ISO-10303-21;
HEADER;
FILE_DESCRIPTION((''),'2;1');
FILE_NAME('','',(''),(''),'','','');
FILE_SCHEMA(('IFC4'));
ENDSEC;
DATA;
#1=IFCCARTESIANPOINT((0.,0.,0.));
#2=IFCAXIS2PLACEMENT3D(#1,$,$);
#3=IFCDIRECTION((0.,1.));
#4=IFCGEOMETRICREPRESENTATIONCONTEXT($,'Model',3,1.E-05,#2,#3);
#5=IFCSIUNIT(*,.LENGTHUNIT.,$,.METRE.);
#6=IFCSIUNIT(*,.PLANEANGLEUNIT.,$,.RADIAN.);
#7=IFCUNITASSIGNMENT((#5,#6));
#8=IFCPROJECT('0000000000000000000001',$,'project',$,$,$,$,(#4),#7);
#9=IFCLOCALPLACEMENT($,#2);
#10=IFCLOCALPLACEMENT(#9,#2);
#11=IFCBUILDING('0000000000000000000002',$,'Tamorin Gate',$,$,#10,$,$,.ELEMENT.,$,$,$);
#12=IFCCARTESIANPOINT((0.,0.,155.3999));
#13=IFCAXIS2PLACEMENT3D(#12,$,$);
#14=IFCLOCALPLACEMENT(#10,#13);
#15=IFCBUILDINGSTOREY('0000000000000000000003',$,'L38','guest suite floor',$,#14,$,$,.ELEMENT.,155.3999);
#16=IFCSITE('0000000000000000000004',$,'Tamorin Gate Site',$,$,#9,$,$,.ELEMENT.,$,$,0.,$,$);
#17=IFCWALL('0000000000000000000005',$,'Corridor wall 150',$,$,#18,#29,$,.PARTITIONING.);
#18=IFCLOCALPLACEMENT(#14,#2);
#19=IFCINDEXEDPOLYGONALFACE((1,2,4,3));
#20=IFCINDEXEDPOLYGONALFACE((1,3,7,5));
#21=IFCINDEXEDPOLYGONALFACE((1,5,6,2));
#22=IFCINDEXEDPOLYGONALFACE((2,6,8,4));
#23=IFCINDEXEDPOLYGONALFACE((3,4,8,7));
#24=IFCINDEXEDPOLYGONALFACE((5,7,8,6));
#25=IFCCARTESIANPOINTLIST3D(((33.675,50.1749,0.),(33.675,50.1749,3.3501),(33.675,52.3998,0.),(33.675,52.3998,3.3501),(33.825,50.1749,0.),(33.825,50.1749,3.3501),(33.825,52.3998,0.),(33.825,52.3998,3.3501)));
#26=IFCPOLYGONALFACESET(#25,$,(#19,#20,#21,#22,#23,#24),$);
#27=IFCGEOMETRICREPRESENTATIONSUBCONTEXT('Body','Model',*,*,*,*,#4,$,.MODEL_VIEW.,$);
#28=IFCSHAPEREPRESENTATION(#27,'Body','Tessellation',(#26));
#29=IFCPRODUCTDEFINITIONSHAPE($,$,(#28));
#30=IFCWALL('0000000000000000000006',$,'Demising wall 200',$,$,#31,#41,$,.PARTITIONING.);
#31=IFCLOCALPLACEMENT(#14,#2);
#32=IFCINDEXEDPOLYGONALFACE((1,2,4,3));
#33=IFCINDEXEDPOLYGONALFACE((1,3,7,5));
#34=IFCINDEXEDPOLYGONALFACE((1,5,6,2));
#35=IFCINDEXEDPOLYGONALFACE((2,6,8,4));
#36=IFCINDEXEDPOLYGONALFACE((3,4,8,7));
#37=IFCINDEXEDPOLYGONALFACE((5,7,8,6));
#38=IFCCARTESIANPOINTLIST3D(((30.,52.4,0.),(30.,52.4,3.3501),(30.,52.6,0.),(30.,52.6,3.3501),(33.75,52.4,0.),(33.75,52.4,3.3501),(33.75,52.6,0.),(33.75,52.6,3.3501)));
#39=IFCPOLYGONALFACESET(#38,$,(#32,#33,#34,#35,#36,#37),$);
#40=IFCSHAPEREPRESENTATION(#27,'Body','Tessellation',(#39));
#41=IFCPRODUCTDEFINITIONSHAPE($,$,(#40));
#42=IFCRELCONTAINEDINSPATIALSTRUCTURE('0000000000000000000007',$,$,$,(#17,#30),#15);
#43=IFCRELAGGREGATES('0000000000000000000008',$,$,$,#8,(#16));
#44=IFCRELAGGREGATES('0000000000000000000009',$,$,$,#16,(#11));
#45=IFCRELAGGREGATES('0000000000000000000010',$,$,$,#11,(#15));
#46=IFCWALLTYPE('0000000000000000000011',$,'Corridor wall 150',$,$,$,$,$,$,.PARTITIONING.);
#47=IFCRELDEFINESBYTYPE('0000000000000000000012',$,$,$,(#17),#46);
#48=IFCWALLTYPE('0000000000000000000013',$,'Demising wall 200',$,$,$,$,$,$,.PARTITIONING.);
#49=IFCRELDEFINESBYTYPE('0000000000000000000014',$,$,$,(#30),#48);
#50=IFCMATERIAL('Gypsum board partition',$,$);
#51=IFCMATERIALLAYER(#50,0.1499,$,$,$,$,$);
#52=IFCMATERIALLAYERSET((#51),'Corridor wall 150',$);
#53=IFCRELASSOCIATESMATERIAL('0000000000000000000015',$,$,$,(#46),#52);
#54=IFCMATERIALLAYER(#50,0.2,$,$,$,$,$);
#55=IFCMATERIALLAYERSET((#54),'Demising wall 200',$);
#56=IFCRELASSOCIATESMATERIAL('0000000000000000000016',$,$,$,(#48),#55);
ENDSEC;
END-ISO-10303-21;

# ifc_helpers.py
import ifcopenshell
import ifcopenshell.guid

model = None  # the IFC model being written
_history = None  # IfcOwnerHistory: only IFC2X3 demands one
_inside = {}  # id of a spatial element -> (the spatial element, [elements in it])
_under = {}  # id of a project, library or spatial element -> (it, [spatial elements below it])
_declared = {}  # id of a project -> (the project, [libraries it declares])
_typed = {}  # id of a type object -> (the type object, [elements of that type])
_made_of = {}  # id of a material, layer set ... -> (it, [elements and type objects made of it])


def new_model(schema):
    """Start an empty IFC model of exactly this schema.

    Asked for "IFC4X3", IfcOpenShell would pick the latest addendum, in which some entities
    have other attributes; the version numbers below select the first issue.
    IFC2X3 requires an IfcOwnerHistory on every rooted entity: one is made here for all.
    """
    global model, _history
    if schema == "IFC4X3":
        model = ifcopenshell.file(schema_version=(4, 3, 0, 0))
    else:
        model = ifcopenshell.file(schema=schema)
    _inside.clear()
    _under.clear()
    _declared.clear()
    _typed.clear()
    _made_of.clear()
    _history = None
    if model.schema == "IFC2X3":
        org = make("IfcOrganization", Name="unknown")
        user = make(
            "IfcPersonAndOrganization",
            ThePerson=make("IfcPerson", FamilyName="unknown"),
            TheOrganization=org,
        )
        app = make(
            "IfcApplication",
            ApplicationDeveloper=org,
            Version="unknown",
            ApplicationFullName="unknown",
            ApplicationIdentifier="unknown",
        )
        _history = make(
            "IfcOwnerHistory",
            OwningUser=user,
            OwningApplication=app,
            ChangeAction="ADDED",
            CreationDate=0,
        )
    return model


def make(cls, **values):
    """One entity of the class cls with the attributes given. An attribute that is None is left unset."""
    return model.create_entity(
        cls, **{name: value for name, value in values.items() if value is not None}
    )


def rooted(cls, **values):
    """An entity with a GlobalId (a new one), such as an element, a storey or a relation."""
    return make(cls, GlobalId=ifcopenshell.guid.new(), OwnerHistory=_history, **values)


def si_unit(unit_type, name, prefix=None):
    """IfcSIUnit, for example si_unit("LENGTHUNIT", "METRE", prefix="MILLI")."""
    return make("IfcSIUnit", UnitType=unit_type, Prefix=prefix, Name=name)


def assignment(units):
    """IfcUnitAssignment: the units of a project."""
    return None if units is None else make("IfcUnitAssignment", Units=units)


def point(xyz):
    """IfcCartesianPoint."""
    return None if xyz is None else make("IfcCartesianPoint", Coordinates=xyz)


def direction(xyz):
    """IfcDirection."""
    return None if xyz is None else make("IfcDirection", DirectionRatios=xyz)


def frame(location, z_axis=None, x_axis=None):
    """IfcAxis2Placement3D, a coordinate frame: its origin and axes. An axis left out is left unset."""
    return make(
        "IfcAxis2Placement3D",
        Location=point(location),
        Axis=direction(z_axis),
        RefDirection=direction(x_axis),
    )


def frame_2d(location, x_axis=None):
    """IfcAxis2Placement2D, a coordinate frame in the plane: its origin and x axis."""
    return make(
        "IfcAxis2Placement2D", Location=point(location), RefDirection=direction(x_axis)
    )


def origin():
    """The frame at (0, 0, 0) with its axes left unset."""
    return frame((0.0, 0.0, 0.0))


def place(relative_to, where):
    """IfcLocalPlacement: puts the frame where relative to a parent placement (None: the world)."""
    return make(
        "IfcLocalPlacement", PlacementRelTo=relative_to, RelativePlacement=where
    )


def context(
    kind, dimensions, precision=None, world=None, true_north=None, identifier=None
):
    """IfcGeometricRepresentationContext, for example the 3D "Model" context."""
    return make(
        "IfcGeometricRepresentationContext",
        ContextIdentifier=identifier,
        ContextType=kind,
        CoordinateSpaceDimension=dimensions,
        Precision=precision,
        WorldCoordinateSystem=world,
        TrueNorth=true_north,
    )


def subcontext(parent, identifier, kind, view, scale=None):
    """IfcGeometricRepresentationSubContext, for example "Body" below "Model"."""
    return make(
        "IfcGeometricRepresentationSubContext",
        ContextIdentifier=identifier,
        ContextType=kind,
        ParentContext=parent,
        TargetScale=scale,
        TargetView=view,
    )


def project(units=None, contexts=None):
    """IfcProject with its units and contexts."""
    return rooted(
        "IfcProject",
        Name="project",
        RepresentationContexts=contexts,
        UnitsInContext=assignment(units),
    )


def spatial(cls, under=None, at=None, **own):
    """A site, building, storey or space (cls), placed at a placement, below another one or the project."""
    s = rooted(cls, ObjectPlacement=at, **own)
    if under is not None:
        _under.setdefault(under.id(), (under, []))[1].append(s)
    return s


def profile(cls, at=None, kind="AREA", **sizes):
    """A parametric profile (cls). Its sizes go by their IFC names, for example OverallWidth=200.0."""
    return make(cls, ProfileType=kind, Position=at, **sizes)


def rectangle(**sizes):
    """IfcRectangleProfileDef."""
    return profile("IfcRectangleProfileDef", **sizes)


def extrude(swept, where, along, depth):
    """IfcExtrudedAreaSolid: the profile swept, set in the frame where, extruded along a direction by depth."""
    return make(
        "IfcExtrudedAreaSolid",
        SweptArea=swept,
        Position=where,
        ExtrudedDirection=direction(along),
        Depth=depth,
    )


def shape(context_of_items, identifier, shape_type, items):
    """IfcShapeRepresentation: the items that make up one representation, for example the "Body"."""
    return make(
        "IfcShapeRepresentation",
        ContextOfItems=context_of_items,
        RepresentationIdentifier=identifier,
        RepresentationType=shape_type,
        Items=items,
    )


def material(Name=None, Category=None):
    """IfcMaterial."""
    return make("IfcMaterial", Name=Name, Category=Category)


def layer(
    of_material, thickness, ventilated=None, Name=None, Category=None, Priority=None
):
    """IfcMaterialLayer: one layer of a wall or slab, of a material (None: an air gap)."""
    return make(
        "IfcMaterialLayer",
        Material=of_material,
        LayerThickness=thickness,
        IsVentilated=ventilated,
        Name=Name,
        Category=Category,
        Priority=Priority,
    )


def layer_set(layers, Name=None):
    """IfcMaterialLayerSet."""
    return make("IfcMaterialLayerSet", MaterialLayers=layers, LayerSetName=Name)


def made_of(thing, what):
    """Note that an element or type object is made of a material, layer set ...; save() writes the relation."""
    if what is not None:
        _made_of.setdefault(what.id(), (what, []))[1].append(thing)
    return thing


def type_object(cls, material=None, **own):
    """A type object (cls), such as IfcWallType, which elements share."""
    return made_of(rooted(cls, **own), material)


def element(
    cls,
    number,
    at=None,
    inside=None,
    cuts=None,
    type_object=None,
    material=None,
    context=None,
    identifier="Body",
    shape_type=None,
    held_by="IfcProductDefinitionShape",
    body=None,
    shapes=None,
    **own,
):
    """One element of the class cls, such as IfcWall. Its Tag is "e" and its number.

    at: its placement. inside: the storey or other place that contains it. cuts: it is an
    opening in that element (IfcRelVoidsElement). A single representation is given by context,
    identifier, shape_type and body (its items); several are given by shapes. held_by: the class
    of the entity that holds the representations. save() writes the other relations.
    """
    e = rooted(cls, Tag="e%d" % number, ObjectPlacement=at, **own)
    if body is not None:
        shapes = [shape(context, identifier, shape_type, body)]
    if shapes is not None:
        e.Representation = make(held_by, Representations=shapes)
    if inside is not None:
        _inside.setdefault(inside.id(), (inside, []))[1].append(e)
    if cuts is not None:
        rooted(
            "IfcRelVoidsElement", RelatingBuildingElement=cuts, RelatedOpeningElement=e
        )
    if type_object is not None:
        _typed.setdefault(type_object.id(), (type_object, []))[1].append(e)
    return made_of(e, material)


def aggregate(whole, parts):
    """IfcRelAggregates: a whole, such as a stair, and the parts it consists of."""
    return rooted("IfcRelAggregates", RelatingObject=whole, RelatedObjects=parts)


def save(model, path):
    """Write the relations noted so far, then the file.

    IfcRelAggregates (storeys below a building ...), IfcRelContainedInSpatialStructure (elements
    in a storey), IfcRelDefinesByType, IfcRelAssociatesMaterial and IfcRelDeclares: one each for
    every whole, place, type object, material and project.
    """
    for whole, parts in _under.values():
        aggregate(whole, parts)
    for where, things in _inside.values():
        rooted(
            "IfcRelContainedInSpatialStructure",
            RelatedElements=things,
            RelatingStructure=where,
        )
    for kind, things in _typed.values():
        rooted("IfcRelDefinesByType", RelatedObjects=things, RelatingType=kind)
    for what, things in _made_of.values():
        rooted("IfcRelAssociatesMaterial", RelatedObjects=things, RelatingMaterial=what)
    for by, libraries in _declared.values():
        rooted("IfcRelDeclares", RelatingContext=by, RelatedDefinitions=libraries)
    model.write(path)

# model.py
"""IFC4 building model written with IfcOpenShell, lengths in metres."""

from ifc_helpers import new_model, si_unit, direction, frame, frame_2d, origin, place, context, subcontext, project, spatial, rectangle, extrude, material, layer, layer_set, type_object, element, save


model = new_model("IFC4")

# Units and contexts
model_context = context("Model", 3, precision=1e-05, world=origin(), true_north=direction((0.0, 1.0)))
body_context = subcontext(model_context, "Body", "Model", "MODEL_VIEW")
ifc_project = project(units=[si_unit("LENGTHUNIT", "METRE"), si_unit("PLANEANGLEUNIT", "RADIAN")], contexts=[model_context])

# Site, building, storey
site_placement = place(None, origin())
site = spatial("IfcSite", under=ifc_project, at=site_placement, Name="Tamorin Gate Site", CompositionType="ELEMENT", RefElevation=0.0)
building_placement = place(site_placement, origin())
building = spatial("IfcBuilding", under=site, at=building_placement, Name="Tamorin Gate", CompositionType="ELEMENT")
storey_placement = place(building_placement, frame((0.0, 0.0, 155.3999)))
storey = spatial("IfcBuildingStorey", under=building, at=storey_placement, Name="L38", Description="guest suite floor", CompositionType="ELEMENT", Elevation=155.3999)

# Shared definitions
ifc_material_1 = material(Name="Gypsum board partition")
ifc_layer_1 = layer(ifc_material_1, 0.1499)
ifc_layer_set_1 = layer_set([ifc_layer_1], Name="Corridor wall 150")
wall_type_1 = type_object("IfcWallType", Name="Corridor wall 150", PredefinedType="PARTITIONING", material=ifc_layer_set_1)

# Walls
wall_1_placement = place(storey_placement, frame((33.75, 50.175, 0.0), z_axis=(0.0, 0.0, 1.0), x_axis=(0.0, 1.0, 0.0)))
element("IfcWall", 1, at=wall_1_placement, inside=storey, type_object=wall_type_1, Name="Corridor wall 150", PredefinedType="PARTITIONING", context=body_context, shape_type="SweptSolid", body=[
    extrude(rectangle(XDim=2.2249, YDim=0.1499, at=frame_2d((1.1123, 0.0))), origin(), (0.0, 0.0, 1.0), 3.3501),
])
ifc_layer_2 = layer(ifc_material_1, 0.2)
ifc_layer_set_2 = layer_set([ifc_layer_2], Name="Demising wall 200")
wall_type_2 = type_object("IfcWallType", Name="Demising wall 200", PredefinedType="PARTITIONING", material=ifc_layer_set_2)
wall_2_placement = place(storey_placement, frame((30.0, 52.5, 0.0), z_axis=(0.0, 0.0, 1.0), x_axis=(1.0, 0.0, 0.0)))
element("IfcWall", 2, at=wall_2_placement, inside=storey, type_object=wall_type_2, Name="Demising wall 200", PredefinedType="PARTITIONING", context=body_context, shape_type="SweptSolid", body=[
    extrude(rectangle(XDim=3.75, YDim=0.2, at=frame_2d((1.875, 0.0))), origin(), (0.0, 0.0, 1.0), 3.3501),
])

save(model, "model.ifc")
